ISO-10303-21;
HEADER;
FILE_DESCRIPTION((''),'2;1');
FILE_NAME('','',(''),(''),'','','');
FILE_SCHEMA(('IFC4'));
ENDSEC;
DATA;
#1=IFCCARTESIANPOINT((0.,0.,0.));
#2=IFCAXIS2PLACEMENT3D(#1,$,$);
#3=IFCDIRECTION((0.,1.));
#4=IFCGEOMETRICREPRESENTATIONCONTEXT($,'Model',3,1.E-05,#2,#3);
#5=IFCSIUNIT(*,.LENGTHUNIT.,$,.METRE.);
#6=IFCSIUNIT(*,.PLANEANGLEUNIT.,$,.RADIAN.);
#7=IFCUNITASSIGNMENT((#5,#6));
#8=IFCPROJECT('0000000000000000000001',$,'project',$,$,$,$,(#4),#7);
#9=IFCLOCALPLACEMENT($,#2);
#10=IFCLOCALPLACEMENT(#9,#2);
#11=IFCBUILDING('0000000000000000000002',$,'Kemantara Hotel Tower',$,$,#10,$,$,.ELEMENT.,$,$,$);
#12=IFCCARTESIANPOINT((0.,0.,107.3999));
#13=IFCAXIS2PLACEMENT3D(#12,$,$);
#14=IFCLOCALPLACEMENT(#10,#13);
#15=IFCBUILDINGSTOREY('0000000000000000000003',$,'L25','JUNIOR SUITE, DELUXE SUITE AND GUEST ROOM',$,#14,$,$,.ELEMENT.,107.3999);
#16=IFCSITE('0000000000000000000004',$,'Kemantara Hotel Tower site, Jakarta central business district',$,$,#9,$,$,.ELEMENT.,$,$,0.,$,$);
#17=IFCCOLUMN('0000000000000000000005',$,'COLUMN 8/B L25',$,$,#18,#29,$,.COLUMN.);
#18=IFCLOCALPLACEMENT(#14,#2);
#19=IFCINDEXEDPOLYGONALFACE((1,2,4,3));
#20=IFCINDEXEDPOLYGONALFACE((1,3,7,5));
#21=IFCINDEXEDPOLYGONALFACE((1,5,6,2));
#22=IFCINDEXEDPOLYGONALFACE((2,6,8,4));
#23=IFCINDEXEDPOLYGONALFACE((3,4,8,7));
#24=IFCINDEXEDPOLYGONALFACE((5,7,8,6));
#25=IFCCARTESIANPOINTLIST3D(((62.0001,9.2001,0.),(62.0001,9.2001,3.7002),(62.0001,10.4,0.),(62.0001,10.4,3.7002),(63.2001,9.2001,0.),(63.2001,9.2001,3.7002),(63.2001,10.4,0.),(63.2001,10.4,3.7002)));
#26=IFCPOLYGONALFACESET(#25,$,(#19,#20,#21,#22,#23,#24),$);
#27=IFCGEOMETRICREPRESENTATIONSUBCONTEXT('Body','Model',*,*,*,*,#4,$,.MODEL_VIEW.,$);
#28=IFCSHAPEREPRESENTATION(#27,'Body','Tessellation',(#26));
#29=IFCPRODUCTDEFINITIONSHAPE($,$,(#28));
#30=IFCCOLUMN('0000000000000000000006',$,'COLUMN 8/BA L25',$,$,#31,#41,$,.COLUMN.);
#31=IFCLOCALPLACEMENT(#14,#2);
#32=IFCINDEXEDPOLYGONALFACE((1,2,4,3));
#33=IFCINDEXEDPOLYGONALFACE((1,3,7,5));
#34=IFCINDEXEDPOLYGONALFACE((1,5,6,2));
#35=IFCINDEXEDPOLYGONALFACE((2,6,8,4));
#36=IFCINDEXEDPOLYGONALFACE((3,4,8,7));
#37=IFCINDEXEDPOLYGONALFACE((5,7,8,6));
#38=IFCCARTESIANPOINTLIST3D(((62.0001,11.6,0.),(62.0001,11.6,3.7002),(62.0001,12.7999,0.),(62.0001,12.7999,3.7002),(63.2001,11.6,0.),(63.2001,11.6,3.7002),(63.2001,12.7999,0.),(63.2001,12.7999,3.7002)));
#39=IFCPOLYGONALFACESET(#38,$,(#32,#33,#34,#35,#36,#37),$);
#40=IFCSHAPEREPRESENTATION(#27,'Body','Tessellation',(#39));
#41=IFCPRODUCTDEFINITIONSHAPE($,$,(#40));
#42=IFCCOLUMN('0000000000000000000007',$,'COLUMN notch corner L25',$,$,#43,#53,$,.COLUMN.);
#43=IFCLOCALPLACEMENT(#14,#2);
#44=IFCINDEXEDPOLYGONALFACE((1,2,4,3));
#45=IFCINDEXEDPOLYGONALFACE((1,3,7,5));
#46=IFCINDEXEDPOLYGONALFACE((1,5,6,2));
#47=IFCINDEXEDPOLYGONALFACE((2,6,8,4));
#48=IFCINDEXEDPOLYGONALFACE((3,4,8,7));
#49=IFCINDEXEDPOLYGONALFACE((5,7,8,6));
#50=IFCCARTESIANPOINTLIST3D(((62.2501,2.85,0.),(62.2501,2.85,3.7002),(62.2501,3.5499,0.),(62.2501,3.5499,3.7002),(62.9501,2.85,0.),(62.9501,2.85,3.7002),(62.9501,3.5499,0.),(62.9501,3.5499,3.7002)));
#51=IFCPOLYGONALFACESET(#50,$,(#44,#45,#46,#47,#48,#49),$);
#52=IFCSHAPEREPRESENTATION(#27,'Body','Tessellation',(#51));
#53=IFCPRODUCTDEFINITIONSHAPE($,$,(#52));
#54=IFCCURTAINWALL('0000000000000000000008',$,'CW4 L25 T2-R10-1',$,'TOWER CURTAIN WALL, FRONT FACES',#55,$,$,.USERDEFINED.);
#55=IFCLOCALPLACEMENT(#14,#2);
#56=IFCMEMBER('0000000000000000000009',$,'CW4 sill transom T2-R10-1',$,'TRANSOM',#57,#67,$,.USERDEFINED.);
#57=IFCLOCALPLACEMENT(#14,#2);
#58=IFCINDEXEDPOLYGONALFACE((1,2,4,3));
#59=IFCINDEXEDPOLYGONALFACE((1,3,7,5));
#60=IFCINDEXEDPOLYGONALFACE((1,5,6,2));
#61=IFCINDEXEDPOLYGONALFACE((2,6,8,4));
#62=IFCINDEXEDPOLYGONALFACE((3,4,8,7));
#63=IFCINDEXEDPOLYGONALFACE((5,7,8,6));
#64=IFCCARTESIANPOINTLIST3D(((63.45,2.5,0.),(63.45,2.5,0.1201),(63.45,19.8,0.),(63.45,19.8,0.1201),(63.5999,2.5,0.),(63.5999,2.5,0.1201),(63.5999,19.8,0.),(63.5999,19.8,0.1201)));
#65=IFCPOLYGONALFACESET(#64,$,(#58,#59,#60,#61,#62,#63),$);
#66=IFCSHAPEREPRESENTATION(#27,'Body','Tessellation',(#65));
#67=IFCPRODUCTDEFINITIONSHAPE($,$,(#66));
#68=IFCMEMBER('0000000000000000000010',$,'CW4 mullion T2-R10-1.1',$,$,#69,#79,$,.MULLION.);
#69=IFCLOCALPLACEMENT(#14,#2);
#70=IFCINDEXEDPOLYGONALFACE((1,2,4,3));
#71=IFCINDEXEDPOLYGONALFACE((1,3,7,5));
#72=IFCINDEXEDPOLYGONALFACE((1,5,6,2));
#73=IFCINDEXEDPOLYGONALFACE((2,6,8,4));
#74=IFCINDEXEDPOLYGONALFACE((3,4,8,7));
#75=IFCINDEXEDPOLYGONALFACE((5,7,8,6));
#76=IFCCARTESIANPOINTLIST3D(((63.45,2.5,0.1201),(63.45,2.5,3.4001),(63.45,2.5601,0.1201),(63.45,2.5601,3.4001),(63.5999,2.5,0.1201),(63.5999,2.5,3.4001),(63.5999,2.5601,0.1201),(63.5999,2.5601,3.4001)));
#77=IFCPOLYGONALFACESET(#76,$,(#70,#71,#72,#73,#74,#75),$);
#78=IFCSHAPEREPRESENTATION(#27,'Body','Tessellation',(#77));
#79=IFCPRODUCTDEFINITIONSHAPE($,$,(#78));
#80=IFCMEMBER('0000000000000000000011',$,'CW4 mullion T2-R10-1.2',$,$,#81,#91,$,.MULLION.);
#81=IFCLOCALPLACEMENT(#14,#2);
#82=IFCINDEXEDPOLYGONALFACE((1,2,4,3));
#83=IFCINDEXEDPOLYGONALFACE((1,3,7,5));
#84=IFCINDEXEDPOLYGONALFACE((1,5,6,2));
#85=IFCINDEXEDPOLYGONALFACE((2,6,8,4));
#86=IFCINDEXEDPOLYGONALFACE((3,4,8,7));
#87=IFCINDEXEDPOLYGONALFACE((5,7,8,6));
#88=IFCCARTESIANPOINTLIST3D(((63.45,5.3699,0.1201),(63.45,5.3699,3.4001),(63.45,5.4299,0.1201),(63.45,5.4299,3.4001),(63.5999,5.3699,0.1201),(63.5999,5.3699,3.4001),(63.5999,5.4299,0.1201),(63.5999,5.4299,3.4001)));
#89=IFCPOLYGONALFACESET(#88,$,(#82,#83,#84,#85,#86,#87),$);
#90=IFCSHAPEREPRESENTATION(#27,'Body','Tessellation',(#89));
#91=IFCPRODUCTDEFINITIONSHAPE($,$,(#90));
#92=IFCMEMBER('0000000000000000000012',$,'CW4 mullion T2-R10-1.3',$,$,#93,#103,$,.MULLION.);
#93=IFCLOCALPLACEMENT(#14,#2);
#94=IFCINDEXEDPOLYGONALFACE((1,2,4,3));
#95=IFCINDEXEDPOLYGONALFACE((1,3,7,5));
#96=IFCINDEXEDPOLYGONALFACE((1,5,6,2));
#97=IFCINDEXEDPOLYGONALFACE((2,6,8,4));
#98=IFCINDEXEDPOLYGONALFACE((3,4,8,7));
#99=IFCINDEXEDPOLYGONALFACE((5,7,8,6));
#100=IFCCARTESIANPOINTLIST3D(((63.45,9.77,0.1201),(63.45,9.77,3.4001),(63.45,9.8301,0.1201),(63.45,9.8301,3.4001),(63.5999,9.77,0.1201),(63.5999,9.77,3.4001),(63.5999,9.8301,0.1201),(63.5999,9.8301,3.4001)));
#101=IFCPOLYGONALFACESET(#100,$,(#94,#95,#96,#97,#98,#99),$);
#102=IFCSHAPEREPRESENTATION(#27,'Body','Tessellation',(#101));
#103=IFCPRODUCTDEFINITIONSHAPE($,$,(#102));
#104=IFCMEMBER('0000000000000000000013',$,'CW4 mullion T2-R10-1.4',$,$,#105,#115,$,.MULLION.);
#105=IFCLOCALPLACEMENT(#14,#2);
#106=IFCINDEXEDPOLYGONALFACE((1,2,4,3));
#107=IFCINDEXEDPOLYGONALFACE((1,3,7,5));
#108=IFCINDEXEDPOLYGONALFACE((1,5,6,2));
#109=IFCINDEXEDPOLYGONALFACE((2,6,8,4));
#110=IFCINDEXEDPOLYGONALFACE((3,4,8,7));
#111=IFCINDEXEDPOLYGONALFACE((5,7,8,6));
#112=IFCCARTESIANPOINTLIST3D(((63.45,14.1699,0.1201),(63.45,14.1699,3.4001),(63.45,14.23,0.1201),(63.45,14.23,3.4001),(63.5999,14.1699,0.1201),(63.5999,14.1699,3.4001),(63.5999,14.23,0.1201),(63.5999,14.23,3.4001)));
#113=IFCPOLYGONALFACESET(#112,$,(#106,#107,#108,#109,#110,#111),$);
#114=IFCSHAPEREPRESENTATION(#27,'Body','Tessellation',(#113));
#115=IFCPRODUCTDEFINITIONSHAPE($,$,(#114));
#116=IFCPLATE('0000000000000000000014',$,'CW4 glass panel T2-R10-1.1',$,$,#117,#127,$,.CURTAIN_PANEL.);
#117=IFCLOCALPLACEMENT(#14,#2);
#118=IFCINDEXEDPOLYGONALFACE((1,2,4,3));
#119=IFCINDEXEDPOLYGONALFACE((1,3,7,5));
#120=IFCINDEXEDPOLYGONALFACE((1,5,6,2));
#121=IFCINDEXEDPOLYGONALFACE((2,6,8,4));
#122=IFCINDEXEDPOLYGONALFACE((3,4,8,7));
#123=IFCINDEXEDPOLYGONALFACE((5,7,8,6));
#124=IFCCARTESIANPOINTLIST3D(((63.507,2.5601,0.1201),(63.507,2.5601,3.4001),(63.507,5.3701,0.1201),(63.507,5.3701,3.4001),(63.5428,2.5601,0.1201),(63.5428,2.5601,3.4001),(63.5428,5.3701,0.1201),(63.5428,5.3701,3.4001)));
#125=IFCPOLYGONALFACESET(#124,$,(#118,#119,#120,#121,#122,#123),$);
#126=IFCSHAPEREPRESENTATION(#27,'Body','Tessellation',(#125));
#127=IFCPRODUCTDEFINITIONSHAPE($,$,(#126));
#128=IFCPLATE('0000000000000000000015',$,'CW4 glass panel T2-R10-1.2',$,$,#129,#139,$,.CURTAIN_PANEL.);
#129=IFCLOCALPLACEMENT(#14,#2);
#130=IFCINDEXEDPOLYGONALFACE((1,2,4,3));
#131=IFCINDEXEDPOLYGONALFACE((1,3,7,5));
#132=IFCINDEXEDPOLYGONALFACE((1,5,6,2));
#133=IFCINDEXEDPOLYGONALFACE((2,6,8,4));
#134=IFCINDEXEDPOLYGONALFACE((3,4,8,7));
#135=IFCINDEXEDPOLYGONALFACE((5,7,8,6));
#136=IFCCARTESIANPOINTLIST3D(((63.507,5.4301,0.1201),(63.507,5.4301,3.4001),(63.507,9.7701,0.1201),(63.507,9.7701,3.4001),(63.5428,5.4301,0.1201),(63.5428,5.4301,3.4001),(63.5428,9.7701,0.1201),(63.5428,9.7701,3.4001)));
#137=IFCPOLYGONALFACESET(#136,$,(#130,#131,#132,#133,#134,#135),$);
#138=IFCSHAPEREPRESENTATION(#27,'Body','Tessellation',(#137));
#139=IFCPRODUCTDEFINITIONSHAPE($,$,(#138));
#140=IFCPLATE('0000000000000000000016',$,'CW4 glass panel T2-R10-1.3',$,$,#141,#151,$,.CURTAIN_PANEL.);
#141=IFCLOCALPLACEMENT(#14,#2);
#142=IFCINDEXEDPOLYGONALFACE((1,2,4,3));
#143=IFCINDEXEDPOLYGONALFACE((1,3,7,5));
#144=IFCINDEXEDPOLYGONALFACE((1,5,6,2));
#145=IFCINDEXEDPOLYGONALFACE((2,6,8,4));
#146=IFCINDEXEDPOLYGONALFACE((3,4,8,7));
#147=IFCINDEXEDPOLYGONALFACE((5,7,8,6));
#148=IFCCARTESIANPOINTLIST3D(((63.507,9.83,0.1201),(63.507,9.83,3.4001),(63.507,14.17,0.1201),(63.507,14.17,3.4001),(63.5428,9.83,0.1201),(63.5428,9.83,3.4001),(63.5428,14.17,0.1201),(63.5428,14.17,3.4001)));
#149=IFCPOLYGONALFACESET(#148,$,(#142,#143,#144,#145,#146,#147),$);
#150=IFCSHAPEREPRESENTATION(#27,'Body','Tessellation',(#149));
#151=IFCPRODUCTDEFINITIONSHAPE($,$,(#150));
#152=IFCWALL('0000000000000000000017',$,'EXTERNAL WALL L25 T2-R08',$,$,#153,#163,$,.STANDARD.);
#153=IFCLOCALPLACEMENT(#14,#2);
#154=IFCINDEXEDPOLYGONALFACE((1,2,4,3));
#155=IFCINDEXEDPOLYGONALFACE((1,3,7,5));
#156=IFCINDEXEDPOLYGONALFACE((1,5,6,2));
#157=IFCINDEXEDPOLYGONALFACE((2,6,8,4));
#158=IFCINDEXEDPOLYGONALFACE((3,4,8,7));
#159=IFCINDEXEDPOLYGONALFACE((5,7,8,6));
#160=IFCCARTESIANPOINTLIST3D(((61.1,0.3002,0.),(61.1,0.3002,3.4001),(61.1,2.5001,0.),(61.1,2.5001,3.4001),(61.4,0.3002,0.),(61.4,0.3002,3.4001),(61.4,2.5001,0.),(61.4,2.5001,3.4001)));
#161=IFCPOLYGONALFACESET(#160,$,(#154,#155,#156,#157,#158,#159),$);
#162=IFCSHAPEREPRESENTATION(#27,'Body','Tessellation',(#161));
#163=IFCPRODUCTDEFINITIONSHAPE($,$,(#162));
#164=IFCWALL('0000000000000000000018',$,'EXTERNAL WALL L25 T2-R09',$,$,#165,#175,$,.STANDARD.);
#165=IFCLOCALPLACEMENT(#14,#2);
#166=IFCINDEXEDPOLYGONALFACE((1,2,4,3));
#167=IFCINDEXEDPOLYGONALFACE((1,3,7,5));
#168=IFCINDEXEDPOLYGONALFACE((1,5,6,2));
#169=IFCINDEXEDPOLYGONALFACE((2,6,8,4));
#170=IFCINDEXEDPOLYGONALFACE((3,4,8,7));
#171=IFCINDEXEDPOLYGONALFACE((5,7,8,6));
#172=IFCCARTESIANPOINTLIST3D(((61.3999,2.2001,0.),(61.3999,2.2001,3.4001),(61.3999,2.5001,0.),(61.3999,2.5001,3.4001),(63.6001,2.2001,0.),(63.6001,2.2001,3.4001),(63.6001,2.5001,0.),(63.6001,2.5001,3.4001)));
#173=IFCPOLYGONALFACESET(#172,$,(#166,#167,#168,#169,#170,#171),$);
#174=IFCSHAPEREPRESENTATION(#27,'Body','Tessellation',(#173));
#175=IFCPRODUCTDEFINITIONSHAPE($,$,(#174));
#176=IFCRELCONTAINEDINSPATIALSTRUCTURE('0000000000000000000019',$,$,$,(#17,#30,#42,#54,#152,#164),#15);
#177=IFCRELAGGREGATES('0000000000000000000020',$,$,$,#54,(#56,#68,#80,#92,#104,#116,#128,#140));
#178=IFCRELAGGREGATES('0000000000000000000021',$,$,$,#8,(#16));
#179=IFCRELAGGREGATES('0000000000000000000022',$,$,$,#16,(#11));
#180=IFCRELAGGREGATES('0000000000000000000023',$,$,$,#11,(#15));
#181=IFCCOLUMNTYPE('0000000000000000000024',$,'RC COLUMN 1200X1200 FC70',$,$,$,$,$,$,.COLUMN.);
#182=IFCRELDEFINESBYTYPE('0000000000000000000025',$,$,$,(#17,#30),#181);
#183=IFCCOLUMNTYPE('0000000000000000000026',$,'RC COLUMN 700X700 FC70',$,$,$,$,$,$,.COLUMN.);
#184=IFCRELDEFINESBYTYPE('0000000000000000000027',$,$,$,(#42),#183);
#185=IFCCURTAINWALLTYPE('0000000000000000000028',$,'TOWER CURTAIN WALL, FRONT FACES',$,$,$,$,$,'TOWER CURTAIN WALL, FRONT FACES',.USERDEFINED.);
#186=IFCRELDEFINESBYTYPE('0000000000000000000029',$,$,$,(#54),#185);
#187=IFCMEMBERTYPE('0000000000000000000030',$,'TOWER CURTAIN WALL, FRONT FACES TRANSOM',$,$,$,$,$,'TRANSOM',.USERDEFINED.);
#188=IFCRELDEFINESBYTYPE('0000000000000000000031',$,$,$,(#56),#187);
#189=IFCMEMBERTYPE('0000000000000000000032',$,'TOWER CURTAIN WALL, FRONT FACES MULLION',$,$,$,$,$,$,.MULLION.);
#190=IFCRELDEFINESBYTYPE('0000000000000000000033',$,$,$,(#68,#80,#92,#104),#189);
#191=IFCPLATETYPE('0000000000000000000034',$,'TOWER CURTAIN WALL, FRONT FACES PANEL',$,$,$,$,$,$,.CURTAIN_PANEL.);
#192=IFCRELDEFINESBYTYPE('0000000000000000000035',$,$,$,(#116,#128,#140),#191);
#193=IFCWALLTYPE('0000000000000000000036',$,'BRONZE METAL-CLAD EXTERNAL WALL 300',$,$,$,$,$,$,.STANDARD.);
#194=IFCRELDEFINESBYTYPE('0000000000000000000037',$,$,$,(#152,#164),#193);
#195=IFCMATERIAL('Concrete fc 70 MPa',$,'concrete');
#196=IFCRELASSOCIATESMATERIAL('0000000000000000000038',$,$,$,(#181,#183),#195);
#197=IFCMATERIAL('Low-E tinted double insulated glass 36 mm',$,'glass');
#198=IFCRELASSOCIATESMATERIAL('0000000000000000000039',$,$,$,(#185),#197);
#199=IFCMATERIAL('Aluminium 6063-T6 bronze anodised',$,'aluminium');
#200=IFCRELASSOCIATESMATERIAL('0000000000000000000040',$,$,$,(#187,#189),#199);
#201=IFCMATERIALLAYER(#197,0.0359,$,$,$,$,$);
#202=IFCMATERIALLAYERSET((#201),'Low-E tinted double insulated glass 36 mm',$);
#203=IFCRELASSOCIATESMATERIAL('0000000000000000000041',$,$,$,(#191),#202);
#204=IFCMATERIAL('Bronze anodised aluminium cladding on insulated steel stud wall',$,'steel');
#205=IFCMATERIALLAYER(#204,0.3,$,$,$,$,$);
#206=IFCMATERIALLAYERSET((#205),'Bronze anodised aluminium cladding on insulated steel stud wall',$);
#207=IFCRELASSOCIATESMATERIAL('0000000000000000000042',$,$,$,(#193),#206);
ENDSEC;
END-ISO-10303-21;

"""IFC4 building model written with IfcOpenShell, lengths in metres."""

from ifc_helpers import new_model, si_unit, direction, frame, frame_2d, origin, origin_2d, place, context, subcontext, project, spatial, rectangle, extrude, source, transform, mapped, material, layer, layer_set, material_profile, profile_set, type_object, element, aggregate, save


model = new_model("IFC4")

# Units and contexts
model_context = context("Model", 3, precision=1e-05, world=origin(), true_north=direction((0.0, 1.0)))
body_context = subcontext(model_context, "Body", "Model", "MODEL_VIEW")
ifc_project = project(units=[si_unit("LENGTHUNIT", "METRE"), si_unit("PLANEANGLEUNIT", "RADIAN")], contexts=[model_context])

# Site, building, storey
site_placement = place(None, origin())
site = spatial("IfcSite", under=ifc_project, at=site_placement, Name="Kemantara Hotel Tower site, Jakarta central business district", CompositionType="ELEMENT", RefElevation=0.0)
building_placement = place(site_placement, origin())
building = spatial("IfcBuilding", under=site, at=building_placement, Name="Kemantara Hotel Tower", CompositionType="ELEMENT")
storey_placement = place(building_placement, frame((0.0, 0.0, 107.3999)))
storey = spatial("IfcBuildingStorey", under=building, at=storey_placement, Name="L25", Description="JUNIOR SUITE, DELUXE SUITE AND GUEST ROOM", CompositionType="ELEMENT", Elevation=107.3999)

# Columns
ifc_material_1 = material(Name="Concrete fc 70 MPa", Category="concrete")
ifc_material_profile_1 = material_profile(ifc_material_1, rectangle(XDim=1.2, YDim=1.2, at=origin_2d()), Name="RC 1200X1200")
ifc_profile_set_1 = profile_set([ifc_material_profile_1], Name="Concrete fc 70 MPa")
column_type_1 = type_object("IfcColumnType", Name="RC COLUMN 1200X1200 FC70", PredefinedType="COLUMN", material=ifc_profile_set_1)
for number, where, z_axis, x_axis, name in (
    (1, (62.6001, 9.8, 0.0), (0.0, 0.0, 1.0), (1.0, 0.0, 0.0), "COLUMN 8/B L25"),
    (2, (62.6001, 12.2, 0.0), (0.0, 0.0, 1.0), (1.0, 0.0, 0.0), "COLUMN 8/BA L25"),
):
    element("IfcColumn", number, at=place(storey_placement, frame(where, z_axis=z_axis, x_axis=x_axis)), inside=storey, type_object=column_type_1, Name=name, PredefinedType="COLUMN", context=body_context, shape_type="SweptSolid", body=[
        extrude(rectangle(XDim=1.2, YDim=1.2, at=origin_2d()), origin(), (0.0, 0.0, 1.0), 3.7002),
    ])
ifc_material_profile_2 = material_profile(ifc_material_1, rectangle(XDim=0.7, YDim=0.7, at=origin_2d()), Name="RC 700X700")
ifc_profile_set_2 = profile_set([ifc_material_profile_2], Name="Concrete fc 70 MPa")
column_type_2 = type_object("IfcColumnType", Name="RC COLUMN 700X700 FC70", PredefinedType="COLUMN", material=ifc_profile_set_2)
column_placement = place(storey_placement, frame((62.6001, 3.2, 0.0), z_axis=(0.0, 0.0, 1.0), x_axis=(1.0, 0.0, 0.0)))
element("IfcColumn", 3, at=column_placement, inside=storey, type_object=column_type_2, Name="COLUMN notch corner L25", PredefinedType="COLUMN", context=body_context, shape_type="SweptSolid", body=[
    extrude(rectangle(XDim=0.7, YDim=0.7, at=origin_2d()), origin(), (0.0, 0.0, 1.0), 3.7002),
])

# Curtain wall, members, plates
ifc_material_2 = material(Name="Low-E tinted double insulated glass 36 mm", Category="glass")
curtain_wall_type = type_object("IfcCurtainWallType", Name="TOWER CURTAIN WALL, FRONT FACES", ElementType="TOWER CURTAIN WALL, FRONT FACES", PredefinedType="USERDEFINED", material=ifc_material_2)
curtain_wall_placement = place(storey_placement, origin())
curtain_wall = element("IfcCurtainWall", 4, at=curtain_wall_placement, inside=storey, type_object=curtain_wall_type, Name="CW4 L25 T2-R10-1", ObjectType="TOWER CURTAIN WALL, FRONT FACES", PredefinedType="USERDEFINED")
ifc_material_3 = material(Name="Aluminium 6063-T6 bronze anodised", Category="aluminium")
ifc_material_profile_3 = material_profile(ifc_material_3, rectangle(XDim=0.1499, YDim=0.1201, at=origin_2d()), Name="TOWER CURTAIN WALL, FRONT FACES TRANSOM")
ifc_profile_set_3 = profile_set([ifc_material_profile_3], Name="Aluminium 6063-T6 bronze anodised")
member_type_1 = type_object("IfcMemberType", Name="TOWER CURTAIN WALL, FRONT FACES TRANSOM", ElementType="TRANSOM", PredefinedType="USERDEFINED", material=ifc_profile_set_3)
member_1_placement = place(storey_placement, frame((63.5249, 2.5, 0.0601), z_axis=(0.0, 1.0, 0.0), x_axis=(-1.0, 0.0, 0.0)))
member_1 = element("IfcMember", 5, at=member_1_placement, type_object=member_type_1, Name="CW4 sill transom T2-R10-1", ObjectType="TRANSOM", PredefinedType="USERDEFINED", context=body_context, shape_type="SweptSolid", body=[
    extrude(rectangle(XDim=0.1499, YDim=0.1201, at=origin_2d()), origin(), (0.0, 0.0, 1.0), 17.3),
])
ifc_material_profile_4 = material_profile(ifc_material_3, rectangle(XDim=0.1499, YDim=0.0601, at=origin_2d()), Name="TOWER CURTAIN WALL, FRONT FACES MULLION")
ifc_profile_set_4 = profile_set([ifc_material_profile_4], Name="Aluminium 6063-T6 bronze anodised")
member_type_2 = type_object("IfcMemberType", Name="TOWER CURTAIN WALL, FRONT FACES MULLION", PredefinedType="MULLION", material=ifc_profile_set_4)
shared_shape_1 = source(origin(), body_context, "Body", "SweptSolid", [
    extrude(rectangle(XDim=0.1499, YDim=0.0601, at=origin_2d()), origin(), (0.0, 0.0, 1.0), 3.28),
])
member_2_placement = place(storey_placement, frame((63.5249, 2.53, 0.1201), z_axis=(0.0, 0.0, 1.0), x_axis=(-1.0, 0.0, 0.0)))
member_2 = element("IfcMember", 6, at=member_2_placement, type_object=member_type_2, Name="CW4 mullion T2-R10-1.1", PredefinedType="MULLION", context=body_context, shape_type="MappedRepresentation", body=[
    mapped(shared_shape_1, transform((0.0, 0.0, 0.0))),
])
member_3_placement = place(storey_placement, frame((63.5249, 5.3999, 0.1201), z_axis=(0.0, 0.0, 1.0), x_axis=(-1.0, 0.0, 0.0)))
member_3 = element("IfcMember", 7, at=member_3_placement, type_object=member_type_2, Name="CW4 mullion T2-R10-1.2", PredefinedType="MULLION", context=body_context, shape_type="MappedRepresentation", body=[
    mapped(shared_shape_1, transform((0.0, 0.0, 0.0))),
])
member_4_placement = place(storey_placement, frame((63.5249, 9.8, 0.1201), z_axis=(0.0, 0.0, 1.0), x_axis=(-1.0, 0.0, 0.0)))
member_4 = element("IfcMember", 8, at=member_4_placement, type_object=member_type_2, Name="CW4 mullion T2-R10-1.3", PredefinedType="MULLION", context=body_context, shape_type="MappedRepresentation", body=[
    mapped(shared_shape_1, transform((0.0, 0.0, 0.0))),
])
member_5_placement = place(storey_placement, frame((63.5249, 14.2, 0.1201), z_axis=(0.0, 0.0, 1.0), x_axis=(-1.0, 0.0, 0.0)))
member_5 = element("IfcMember", 9, at=member_5_placement, type_object=member_type_2, Name="CW4 mullion T2-R10-1.4", PredefinedType="MULLION", context=body_context, shape_type="MappedRepresentation", body=[
    mapped(shared_shape_1, transform((0.0, 0.0, 0.0))),
])
ifc_layer_1 = layer(ifc_material_2, 0.0359)
ifc_layer_set_1 = layer_set([ifc_layer_1], Name="Low-E tinted double insulated glass 36 mm")
plate_type = type_object("IfcPlateType", Name="TOWER CURTAIN WALL, FRONT FACES PANEL", PredefinedType="CURTAIN_PANEL", material=ifc_layer_set_1)
shared_shape_2 = source(origin(), body_context, "Body", "SweptSolid", [
    extrude(rectangle(XDim=2.8101, YDim=0.0359, at=origin_2d()), origin(), (0.0, 0.0, 1.0), 3.28),
])
plate_1_placement = place(storey_placement, frame((63.5249, 3.9651, 0.1201), z_axis=(0.0, 0.0, 1.0), x_axis=(0.0, 1.0, 0.0)))
plate_1 = element("IfcPlate", 10, at=plate_1_placement, type_object=plate_type, Name="CW4 glass panel T2-R10-1.1", PredefinedType="CURTAIN_PANEL", context=body_context, shape_type="MappedRepresentation", body=[
    mapped(shared_shape_2, transform((0.0, 0.0, 0.0))),
])
shared_shape_3 = source(origin(), body_context, "Body", "SweptSolid", [
    extrude(rectangle(XDim=4.3401, YDim=0.0359, at=origin_2d()), origin(), (0.0, 0.0, 1.0), 3.28),
])
plate_2_placement = place(storey_placement, frame((63.5249, 7.6001, 0.1201), z_axis=(0.0, 0.0, 1.0), x_axis=(0.0, 1.0, 0.0)))
plate_2 = element("IfcPlate", 11, at=plate_2_placement, type_object=plate_type, Name="CW4 glass panel T2-R10-1.2", PredefinedType="CURTAIN_PANEL", context=body_context, shape_type="MappedRepresentation", body=[
    mapped(shared_shape_3, transform((0.0, 0.0, 0.0))),
])
plate_3_placement = place(storey_placement, frame((63.5249, 12.0, 0.1201), z_axis=(0.0, 0.0, 1.0), x_axis=(0.0, 1.0, 0.0)))
plate_3 = element("IfcPlate", 12, at=plate_3_placement, type_object=plate_type, Name="CW4 glass panel T2-R10-1.3", PredefinedType="CURTAIN_PANEL", context=body_context, shape_type="MappedRepresentation", body=[
    mapped(shared_shape_3, transform((0.0, 0.0, 0.0))),
])
aggregate(curtain_wall, [member_1, member_2, member_3, member_4, member_5, plate_1, plate_2, plate_3])

# Walls
ifc_material_4 = material(Name="Bronze anodised aluminium cladding on insulated steel stud wall", Category="steel")
ifc_layer_2 = layer(ifc_material_4, 0.3)
ifc_layer_set_2 = layer_set([ifc_layer_2], Name="Bronze anodised aluminium cladding on insulated steel stud wall")
wall_type_1 = type_object("IfcWallType", Name="BRONZE METAL-CLAD EXTERNAL WALL 300", PredefinedType="STANDARD", material=ifc_layer_set_2)
wall_1_placement = place(storey_placement, frame((61.25, 0.3, 0.0), z_axis=(0.0, 0.0, 1.0), x_axis=(0.0, 1.0, 0.0)))
element("IfcWall", 13, at=wall_1_placement, inside=storey, type_object=wall_type_1, Name="EXTERNAL WALL L25 T2-R08", PredefinedType="STANDARD", context=body_context, shape_type="SweptSolid", body=[
    extrude(rectangle(XDim=2.2, YDim=0.3, at=frame_2d((1.1001, 0.0))), origin(), (0.0, 0.0, 1.0), 3.4001),
])
wall_2_placement = place(storey_placement, frame((61.3999, 2.3501, 0.0), z_axis=(0.0, 0.0, 1.0), x_axis=(1.0, 0.0, 0.0)))
element("IfcWall", 14, at=wall_2_placement, inside=storey, type_object=wall_type_1, Name="EXTERNAL WALL L25 T2-R09", PredefinedType="STANDARD", context=body_context, shape_type="SweptSolid", body=[
    extrude(rectangle(XDim=2.2002, YDim=0.3, at=frame_2d((1.1001, 0.0))), origin(), (0.0, 0.0, 1.0), 3.4001),
])

save(model, "model.ifc")
